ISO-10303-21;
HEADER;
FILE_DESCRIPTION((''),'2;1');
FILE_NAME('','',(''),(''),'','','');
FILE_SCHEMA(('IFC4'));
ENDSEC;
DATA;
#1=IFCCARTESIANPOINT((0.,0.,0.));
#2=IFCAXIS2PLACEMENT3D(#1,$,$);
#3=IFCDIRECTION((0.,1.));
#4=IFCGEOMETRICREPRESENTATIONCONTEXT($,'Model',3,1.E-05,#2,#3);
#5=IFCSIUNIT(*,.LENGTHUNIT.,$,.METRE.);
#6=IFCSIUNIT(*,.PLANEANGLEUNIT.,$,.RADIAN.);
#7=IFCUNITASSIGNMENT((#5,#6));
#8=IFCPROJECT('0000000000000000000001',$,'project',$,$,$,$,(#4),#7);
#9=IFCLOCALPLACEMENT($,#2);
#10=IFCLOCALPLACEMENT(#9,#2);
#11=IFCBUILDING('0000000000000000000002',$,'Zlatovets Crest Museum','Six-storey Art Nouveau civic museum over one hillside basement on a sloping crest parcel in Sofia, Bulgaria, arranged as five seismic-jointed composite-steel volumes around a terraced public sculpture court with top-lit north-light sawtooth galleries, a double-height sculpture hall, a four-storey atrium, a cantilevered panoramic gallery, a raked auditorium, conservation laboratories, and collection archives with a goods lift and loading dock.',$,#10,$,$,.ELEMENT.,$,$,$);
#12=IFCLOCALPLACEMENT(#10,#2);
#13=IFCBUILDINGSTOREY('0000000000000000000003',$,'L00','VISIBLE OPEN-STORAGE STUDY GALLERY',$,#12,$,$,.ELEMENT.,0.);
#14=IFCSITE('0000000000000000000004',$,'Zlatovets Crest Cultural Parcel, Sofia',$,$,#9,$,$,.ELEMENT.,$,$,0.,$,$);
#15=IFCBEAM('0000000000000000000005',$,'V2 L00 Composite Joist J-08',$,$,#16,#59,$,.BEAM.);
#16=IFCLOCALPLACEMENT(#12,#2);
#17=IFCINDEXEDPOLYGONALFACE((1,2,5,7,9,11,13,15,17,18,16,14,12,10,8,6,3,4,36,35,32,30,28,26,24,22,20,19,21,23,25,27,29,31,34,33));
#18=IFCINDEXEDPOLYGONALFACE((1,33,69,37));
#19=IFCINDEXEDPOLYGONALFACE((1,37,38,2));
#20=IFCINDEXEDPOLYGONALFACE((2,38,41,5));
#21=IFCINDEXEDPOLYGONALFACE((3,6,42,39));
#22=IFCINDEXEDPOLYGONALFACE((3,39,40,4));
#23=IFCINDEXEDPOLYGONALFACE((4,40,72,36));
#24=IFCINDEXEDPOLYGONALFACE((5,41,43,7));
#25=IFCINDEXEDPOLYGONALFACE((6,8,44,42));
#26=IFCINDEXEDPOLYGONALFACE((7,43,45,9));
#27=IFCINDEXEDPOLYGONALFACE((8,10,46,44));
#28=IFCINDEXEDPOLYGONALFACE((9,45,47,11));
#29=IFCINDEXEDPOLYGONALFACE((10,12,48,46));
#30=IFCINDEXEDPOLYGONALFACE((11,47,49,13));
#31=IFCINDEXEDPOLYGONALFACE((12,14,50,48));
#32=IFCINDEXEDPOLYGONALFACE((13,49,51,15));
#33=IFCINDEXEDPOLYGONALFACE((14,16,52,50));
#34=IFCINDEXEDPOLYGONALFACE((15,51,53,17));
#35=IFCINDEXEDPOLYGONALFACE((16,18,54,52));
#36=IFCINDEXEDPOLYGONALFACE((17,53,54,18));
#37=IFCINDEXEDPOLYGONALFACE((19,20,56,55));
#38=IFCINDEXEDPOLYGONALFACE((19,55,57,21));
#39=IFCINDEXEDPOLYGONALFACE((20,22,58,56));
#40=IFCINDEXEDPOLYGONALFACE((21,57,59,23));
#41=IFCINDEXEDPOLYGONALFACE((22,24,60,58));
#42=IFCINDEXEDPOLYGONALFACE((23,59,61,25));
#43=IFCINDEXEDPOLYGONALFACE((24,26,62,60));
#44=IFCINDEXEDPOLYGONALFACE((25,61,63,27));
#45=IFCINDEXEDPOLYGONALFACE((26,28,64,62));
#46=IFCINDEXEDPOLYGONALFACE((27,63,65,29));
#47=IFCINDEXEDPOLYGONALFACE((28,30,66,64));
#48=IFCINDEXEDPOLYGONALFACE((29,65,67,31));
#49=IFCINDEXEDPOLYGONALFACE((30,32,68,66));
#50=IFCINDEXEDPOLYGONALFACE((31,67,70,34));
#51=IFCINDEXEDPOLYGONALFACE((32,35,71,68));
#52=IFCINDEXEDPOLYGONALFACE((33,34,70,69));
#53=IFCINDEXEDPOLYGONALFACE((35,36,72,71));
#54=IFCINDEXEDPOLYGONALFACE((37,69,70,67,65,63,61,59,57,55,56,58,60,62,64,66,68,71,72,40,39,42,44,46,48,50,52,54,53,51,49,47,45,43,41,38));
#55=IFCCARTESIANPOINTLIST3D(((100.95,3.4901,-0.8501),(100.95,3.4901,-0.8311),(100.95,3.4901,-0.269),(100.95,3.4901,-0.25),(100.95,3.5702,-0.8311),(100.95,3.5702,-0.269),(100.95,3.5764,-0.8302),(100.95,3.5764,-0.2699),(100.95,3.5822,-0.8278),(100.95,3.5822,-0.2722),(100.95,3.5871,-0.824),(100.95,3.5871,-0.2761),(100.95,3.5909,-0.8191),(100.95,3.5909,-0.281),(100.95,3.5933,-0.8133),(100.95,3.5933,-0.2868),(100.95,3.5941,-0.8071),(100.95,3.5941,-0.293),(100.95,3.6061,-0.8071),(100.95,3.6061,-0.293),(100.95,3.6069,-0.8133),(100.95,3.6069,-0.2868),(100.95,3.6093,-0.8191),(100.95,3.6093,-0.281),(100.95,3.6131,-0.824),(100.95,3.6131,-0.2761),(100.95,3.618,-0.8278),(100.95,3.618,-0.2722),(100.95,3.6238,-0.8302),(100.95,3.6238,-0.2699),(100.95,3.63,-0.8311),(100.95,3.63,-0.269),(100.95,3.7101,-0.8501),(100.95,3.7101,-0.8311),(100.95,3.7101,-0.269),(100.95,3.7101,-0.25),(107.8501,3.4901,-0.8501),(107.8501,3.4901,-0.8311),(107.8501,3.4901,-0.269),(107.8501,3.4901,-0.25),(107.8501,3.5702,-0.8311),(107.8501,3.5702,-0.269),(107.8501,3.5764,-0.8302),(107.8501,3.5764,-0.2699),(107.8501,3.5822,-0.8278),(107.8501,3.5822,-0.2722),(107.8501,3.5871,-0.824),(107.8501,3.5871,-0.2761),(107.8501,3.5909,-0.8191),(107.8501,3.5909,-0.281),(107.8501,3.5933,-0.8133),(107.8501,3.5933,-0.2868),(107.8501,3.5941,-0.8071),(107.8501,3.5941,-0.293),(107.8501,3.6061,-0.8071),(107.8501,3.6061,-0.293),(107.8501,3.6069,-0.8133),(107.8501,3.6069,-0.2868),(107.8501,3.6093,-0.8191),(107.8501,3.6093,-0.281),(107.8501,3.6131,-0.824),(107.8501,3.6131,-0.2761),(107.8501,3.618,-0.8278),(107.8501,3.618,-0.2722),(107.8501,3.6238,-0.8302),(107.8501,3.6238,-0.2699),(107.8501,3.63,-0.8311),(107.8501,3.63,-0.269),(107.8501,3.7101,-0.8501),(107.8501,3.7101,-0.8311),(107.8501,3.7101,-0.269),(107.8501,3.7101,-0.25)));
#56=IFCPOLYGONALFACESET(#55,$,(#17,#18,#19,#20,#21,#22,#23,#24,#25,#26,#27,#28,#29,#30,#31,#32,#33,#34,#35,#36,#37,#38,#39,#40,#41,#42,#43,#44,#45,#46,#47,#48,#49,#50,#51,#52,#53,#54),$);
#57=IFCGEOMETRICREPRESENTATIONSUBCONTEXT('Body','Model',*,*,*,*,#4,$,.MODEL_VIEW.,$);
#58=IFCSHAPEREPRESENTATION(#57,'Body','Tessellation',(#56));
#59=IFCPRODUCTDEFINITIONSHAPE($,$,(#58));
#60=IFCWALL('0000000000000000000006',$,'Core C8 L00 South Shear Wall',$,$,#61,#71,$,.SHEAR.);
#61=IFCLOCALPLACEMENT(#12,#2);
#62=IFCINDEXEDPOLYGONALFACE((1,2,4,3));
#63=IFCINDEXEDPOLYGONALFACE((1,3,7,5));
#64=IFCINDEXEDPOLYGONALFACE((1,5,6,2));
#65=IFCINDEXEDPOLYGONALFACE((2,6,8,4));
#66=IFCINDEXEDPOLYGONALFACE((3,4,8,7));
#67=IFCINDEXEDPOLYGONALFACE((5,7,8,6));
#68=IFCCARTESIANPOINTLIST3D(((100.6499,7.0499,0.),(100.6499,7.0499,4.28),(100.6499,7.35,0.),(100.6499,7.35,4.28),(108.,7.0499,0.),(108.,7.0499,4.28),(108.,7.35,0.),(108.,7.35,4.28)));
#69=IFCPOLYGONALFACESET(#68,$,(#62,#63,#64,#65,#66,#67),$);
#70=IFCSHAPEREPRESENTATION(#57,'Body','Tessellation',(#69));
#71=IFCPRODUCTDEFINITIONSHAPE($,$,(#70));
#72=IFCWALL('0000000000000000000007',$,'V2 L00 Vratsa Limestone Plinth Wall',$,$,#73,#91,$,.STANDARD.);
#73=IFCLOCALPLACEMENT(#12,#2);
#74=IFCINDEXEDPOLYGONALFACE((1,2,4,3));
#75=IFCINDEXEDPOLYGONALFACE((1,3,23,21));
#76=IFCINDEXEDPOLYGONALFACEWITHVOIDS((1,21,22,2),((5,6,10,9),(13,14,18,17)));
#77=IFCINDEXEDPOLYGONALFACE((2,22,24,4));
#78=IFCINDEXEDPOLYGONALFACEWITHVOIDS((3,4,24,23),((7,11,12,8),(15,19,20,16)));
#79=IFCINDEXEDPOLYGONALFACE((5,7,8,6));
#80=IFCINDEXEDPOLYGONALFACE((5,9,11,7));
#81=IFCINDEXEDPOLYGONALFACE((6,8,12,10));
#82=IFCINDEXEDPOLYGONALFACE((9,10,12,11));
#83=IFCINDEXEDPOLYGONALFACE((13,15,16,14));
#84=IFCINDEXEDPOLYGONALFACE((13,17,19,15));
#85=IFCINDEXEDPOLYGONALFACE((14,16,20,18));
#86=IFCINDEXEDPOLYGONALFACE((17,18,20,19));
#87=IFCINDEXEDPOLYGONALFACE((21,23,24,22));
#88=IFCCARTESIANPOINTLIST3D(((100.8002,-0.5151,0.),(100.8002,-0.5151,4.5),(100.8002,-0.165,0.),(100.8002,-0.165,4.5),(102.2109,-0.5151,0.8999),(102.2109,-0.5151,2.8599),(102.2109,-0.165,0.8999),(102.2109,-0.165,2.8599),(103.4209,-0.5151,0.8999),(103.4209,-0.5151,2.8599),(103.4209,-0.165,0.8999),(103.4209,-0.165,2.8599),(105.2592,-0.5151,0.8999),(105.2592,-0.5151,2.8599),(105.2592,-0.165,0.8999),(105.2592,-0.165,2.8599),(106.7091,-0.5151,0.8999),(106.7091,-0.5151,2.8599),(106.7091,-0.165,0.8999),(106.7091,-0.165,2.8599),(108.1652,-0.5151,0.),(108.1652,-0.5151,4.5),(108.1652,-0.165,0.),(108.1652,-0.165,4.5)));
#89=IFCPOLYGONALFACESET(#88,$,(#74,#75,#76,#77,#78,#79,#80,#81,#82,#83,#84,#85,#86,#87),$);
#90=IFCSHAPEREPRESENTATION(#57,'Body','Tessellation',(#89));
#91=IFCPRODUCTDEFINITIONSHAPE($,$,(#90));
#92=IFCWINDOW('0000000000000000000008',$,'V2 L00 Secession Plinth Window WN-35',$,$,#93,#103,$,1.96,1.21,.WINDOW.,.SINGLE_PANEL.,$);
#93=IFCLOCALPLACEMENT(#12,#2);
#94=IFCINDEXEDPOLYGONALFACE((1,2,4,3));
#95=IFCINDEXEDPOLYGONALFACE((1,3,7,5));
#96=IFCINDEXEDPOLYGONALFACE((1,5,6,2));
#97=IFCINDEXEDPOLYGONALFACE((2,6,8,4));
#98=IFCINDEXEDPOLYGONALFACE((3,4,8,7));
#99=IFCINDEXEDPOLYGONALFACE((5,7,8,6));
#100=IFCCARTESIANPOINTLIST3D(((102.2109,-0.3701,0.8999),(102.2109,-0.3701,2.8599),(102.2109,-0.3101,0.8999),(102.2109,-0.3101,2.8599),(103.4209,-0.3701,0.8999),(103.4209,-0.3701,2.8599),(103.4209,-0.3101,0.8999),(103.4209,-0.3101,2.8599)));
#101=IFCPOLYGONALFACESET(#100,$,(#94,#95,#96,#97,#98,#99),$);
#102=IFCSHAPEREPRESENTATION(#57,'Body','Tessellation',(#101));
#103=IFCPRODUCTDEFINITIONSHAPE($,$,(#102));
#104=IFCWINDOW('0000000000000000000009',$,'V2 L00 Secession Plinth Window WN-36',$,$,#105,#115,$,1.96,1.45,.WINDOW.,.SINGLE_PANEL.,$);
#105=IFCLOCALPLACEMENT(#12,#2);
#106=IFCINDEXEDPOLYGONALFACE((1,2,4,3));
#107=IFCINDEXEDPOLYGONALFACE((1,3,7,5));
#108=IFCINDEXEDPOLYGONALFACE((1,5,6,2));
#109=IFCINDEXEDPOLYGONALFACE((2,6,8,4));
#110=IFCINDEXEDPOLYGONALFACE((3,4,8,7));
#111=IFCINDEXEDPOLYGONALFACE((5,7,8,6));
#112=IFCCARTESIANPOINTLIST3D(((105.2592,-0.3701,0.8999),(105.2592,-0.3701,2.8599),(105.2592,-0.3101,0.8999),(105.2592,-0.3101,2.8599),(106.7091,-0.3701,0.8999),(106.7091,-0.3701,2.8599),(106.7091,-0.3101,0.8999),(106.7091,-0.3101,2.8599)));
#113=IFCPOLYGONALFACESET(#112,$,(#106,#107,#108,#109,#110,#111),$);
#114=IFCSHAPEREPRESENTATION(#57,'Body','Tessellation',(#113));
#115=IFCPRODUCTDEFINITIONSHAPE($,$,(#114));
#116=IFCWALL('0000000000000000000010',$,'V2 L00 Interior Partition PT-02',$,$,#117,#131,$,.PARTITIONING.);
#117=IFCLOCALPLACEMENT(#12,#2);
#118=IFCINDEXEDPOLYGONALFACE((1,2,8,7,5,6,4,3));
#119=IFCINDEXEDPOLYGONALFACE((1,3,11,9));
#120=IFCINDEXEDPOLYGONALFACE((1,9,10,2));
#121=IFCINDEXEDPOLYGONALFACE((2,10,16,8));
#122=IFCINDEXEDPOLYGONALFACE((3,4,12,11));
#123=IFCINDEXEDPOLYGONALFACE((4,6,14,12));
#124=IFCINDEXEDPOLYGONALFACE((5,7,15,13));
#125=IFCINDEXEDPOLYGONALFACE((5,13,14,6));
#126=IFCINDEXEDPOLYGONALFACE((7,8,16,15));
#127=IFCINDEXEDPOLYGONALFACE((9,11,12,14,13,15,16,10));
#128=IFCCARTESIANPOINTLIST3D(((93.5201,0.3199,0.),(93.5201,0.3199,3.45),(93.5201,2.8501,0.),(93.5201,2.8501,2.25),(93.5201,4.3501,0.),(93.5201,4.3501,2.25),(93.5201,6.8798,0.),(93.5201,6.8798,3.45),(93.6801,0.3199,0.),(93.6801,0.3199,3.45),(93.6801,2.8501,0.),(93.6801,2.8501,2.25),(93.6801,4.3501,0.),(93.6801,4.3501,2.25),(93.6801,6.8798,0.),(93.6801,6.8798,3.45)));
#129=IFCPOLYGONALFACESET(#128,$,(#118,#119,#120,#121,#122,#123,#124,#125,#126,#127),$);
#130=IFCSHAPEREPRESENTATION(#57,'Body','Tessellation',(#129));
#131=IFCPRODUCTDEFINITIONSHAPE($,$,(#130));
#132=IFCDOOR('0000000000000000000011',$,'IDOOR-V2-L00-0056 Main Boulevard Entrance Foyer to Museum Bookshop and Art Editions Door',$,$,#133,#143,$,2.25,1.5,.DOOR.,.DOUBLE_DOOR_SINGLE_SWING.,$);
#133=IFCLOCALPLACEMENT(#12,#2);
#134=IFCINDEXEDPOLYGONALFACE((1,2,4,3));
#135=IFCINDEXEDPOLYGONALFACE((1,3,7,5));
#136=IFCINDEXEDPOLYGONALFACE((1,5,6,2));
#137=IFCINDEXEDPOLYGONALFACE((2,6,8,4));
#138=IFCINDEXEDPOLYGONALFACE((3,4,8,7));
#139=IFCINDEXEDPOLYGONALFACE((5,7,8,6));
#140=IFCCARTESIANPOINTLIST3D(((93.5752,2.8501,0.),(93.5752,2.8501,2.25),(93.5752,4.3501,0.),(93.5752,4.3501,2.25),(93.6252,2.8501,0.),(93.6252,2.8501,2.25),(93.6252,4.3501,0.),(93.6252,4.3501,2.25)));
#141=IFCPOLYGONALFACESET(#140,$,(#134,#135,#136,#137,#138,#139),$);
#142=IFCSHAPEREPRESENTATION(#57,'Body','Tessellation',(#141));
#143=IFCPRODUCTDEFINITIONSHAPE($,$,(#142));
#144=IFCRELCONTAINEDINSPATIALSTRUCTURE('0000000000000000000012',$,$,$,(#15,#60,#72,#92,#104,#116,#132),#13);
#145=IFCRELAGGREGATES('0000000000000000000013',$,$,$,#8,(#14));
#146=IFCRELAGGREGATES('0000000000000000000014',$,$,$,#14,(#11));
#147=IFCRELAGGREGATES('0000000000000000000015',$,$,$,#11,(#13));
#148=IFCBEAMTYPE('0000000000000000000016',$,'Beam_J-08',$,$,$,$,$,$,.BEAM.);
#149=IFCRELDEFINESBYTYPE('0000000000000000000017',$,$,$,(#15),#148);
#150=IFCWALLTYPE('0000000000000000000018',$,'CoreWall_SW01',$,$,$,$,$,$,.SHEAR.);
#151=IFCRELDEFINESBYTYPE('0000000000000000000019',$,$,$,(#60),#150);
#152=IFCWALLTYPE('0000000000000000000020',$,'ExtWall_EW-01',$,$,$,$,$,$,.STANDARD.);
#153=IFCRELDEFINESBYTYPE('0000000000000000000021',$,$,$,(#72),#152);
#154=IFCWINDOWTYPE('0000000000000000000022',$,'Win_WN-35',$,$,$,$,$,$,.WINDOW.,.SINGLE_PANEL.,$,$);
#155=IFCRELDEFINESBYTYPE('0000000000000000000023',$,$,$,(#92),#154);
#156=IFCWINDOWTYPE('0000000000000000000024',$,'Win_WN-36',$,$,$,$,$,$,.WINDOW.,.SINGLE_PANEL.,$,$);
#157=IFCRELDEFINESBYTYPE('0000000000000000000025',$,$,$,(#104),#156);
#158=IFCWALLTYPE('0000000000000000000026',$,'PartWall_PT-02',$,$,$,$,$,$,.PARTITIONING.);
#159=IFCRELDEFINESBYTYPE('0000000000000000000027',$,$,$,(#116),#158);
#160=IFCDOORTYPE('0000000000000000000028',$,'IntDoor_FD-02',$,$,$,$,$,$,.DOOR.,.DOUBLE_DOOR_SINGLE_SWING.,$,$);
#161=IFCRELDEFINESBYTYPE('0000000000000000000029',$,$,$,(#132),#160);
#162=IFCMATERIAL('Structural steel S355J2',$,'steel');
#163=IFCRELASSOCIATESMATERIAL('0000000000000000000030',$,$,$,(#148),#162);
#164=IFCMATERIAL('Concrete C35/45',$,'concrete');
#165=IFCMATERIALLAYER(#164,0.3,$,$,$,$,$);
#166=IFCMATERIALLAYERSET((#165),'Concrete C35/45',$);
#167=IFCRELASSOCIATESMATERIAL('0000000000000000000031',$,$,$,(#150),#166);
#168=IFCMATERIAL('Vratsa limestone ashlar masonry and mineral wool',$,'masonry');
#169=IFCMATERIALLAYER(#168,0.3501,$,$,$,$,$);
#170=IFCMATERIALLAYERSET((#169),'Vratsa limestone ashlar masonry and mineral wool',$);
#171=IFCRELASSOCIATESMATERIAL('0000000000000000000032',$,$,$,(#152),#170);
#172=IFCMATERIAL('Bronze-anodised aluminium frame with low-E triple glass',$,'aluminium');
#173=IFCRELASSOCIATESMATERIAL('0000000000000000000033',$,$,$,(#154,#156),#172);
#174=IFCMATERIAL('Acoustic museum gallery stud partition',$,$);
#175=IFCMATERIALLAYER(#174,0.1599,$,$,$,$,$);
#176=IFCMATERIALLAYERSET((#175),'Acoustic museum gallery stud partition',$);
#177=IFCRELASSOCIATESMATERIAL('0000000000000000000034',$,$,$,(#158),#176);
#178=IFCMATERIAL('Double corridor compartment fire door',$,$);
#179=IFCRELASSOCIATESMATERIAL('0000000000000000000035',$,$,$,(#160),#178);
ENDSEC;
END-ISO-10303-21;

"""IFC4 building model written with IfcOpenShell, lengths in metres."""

from ifc_helpers import new_model, si_unit, direction, frame, frame_2d, origin, origin_2d, place, context, subcontext, project, spatial, rectangle, i_section, extrude, material, layer, layer_set, material_profile, profile_set, type_object, element, fill, save


model = new_model("IFC4")

# Units and contexts
model_context = context("Model", 3, precision=1e-05, world=origin(), true_north=direction((0.0, 1.0)))
body_context = subcontext(model_context, "Body", "Model", "MODEL_VIEW")
ifc_project = project(units=[si_unit("LENGTHUNIT", "METRE"), si_unit("PLANEANGLEUNIT", "RADIAN")], contexts=[model_context])

# Site, building, storey
site_placement = place(None, origin())
site = spatial("IfcSite", under=ifc_project, at=site_placement, Name="Zlatovets Crest Cultural Parcel, Sofia", CompositionType="ELEMENT", RefElevation=0.0)
building_placement = place(site_placement, origin())
building = spatial("IfcBuilding", under=site, at=building_placement, Name="Zlatovets Crest Museum", Description="Six-storey Art Nouveau civic museum over one hillside basement on a sloping crest parcel in Sofia, Bulgaria, arranged as five seismic-jointed composite-steel volumes around a terraced public sculpture court with top-lit north-light sawtooth galleries, a double-height sculpture hall, a four-storey atrium, a cantilevered panoramic gallery, a raked auditorium, conservation laboratories, and collection archives with a goods lift and loading dock.", CompositionType="ELEMENT")
storey_placement = place(building_placement, origin())
storey = spatial("IfcBuildingStorey", under=building, at=storey_placement, Name="L00", Description="VISIBLE OPEN-STORAGE STUDY GALLERY", CompositionType="ELEMENT", Elevation=0.0)

# Shared definitions
ifc_material_1 = material(Name="Structural steel S355J2", Category="steel")

# Beam
ifc_material_profile_1 = material_profile(ifc_material_1, i_section(OverallWidth=0.22, OverallDepth=0.6001, WebThickness=0.012, FlangeThickness=0.019, FilletRadius=0.0239, at=origin_2d()), Name="IPE 600")
ifc_profile_set_1 = profile_set([ifc_material_profile_1], Name="Structural steel S355J2")
beam_type_1 = type_object("IfcBeamType", Name="Beam_J-08", PredefinedType="BEAM", material=ifc_profile_set_1)
beam_1_placement = place(storey_placement, frame((100.95, 3.6001, -0.55), z_axis=(1.0, 0.0, 0.0), x_axis=(0.0, 1.0, 0.0)))
element("IfcBeam", 1, at=beam_1_placement, inside=storey, type_object=beam_type_1, Name="V2 L00 Composite Joist J-08", PredefinedType="BEAM", context=body_context, shape_type="SweptSolid", body=[
    extrude(i_section(OverallWidth=0.22, OverallDepth=0.6001, WebThickness=0.012, FlangeThickness=0.019, FilletRadius=0.0239, at=origin_2d()), origin(), (0.0, 0.0, 1.0), 6.9001),
])

# Wall
ifc_material_2 = material(Name="Concrete C35/45", Category="concrete")
ifc_layer_1 = layer(ifc_material_2, 0.3)
ifc_layer_set_1 = layer_set([ifc_layer_1], Name="Concrete C35/45")
wall_type_1 = type_object("IfcWallType", Name="CoreWall_SW01", PredefinedType="SHEAR", material=ifc_layer_set_1)
wall_1_placement = place(storey_placement, frame((100.6499, 7.2, 0.0), z_axis=(0.0, 0.0, 1.0), x_axis=(1.0, 0.0, 0.0)))
element("IfcWall", 2, at=wall_1_placement, inside=storey, type_object=wall_type_1, Name="Core C8 L00 South Shear Wall", PredefinedType="SHEAR", context=body_context, shape_type="SweptSolid", body=[
    extrude(rectangle(XDim=7.3501, YDim=0.3, at=frame_2d((3.675, 0.0))), origin(), (0.0, 0.0, 1.0), 4.28),
])

# Wall, openings, windows
ifc_material_3 = material(Name="Vratsa limestone ashlar masonry and mineral wool", Category="masonry")
ifc_layer_2 = layer(ifc_material_3, 0.3501)
ifc_layer_set_2 = layer_set([ifc_layer_2], Name="Vratsa limestone ashlar masonry and mineral wool")
wall_type_2 = type_object("IfcWallType", Name="ExtWall_EW-01", PredefinedType="STANDARD", material=ifc_layer_set_2)
wall_2_placement = place(storey_placement, frame((100.8, -0.3401, 0.0), z_axis=(0.0, 0.0, 1.0), x_axis=(1.0, 0.0, 0.0)))
wall_2 = element("IfcWall", 3, at=wall_2_placement, inside=storey, type_object=wall_type_2, Name="V2 L00 Vratsa Limestone Plinth Wall", PredefinedType="STANDARD", context=body_context, shape_type="SweptSolid", body=[
    extrude(rectangle(XDim=7.365, YDim=0.3501, at=frame_2d((3.6826, 0.0))), origin(), (0.0, 0.0, 1.0), 4.5),
])
opening_1_placement = place(wall_2_placement, frame((1.4109, 0.0, 0.8999)))
opening_1 = element("IfcOpeningElement", 4, at=opening_1_placement, cuts=wall_2, PredefinedType="OPENING", context=body_context, shape_type="SweptSolid", body=[
    extrude(rectangle(XDim=1.21, YDim=1.96, at=frame_2d((0.605, 0.98))), frame((0.0, 0.1851, 0.0), z_axis=(0.0, -1.0, 0.0), x_axis=(1.0, 0.0, 0.0)), (0.0, 0.0, 1.0), 0.3701),
])
opening_2_placement = place(wall_2_placement, frame((4.459, 0.0, 0.8999)))
opening_2 = element("IfcOpeningElement", 5, at=opening_2_placement, cuts=wall_2, PredefinedType="OPENING", context=body_context, shape_type="SweptSolid", body=[
    extrude(rectangle(XDim=1.45, YDim=1.96, at=frame_2d((0.7251, 0.98))), frame((0.0, 0.1851, 0.0), z_axis=(0.0, -1.0, 0.0), x_axis=(1.0, 0.0, 0.0)), (0.0, 0.0, 1.0), 0.3701),
])
ifc_material_4 = material(Name="Bronze-anodised aluminium frame with low-E triple glass", Category="aluminium")
window_type_1 = type_object("IfcWindowType", Name="Win_WN-35", PartitioningType="SINGLE_PANEL", PredefinedType="WINDOW", material=ifc_material_4)
window_1_placement = place(opening_1_placement, origin())
window_1 = element("IfcWindow", 6, at=window_1_placement, inside=storey, type_object=window_type_1, Name="V2 L00 Secession Plinth Window WN-35", OverallHeight=1.96, OverallWidth=1.21, PartitioningType="SINGLE_PANEL", PredefinedType="WINDOW", context=body_context, shape_type="SweptSolid", body=[
    extrude(rectangle(XDim=1.21, YDim=1.96, at=frame_2d((0.605, 0.98))), frame((0.0, 0.03, 0.0), z_axis=(0.0, -1.0, 0.0), x_axis=(1.0, 0.0, 0.0)), (0.0, 0.0, 1.0), 0.0601),
])
fill(opening_1, window_1)
window_type_2 = type_object("IfcWindowType", Name="Win_WN-36", PartitioningType="SINGLE_PANEL", PredefinedType="WINDOW", material=ifc_material_4)
window_2_placement = place(opening_2_placement, origin())
window_2 = element("IfcWindow", 7, at=window_2_placement, inside=storey, type_object=window_type_2, Name="V2 L00 Secession Plinth Window WN-36", OverallHeight=1.96, OverallWidth=1.45, PartitioningType="SINGLE_PANEL", PredefinedType="WINDOW", context=body_context, shape_type="SweptSolid", body=[
    extrude(rectangle(XDim=1.45, YDim=1.96, at=frame_2d((0.7251, 0.98))), frame((0.0, 0.03, 0.0), z_axis=(0.0, -1.0, 0.0), x_axis=(1.0, 0.0, 0.0)), (0.0, 0.0, 1.0), 0.0601),
])
fill(opening_2, window_2)

# Wall, opening, door
ifc_material_5 = material(Name="Acoustic museum gallery stud partition")
ifc_layer_3 = layer(ifc_material_5, 0.1599)
ifc_layer_set_3 = layer_set([ifc_layer_3], Name="Acoustic museum gallery stud partition")
wall_type_3 = type_object("IfcWallType", Name="PartWall_PT-02", PredefinedType="PARTITIONING", material=ifc_layer_set_3)
wall_3_placement = place(storey_placement, frame((93.6001, 0.3201, 0.0), z_axis=(0.0, 0.0, 1.0), x_axis=(0.0, 1.0, 0.0)))
wall_3 = element("IfcWall", 8, at=wall_3_placement, inside=storey, type_object=wall_type_3, Name="V2 L00 Interior Partition PT-02", PredefinedType="PARTITIONING", context=body_context, shape_type="SweptSolid", body=[
    extrude(rectangle(XDim=6.5598, YDim=0.1599, at=frame_2d((3.2798, 0.0))), origin(), (0.0, 0.0, 1.0), 3.45),
])
opening_3_placement = place(wall_3_placement, frame((2.53, 0.0, 0.0)))
opening_3 = element("IfcOpeningElement", 9, at=opening_3_placement, cuts=wall_3, PredefinedType="OPENING", context=body_context, shape_type="SweptSolid", body=[
    extrude(rectangle(XDim=1.5, YDim=2.25, at=frame_2d((0.75, 1.125))), frame((0.0, 0.0898, 0.0), z_axis=(0.0, -1.0, 0.0), x_axis=(1.0, 0.0, 0.0)), (0.0, 0.0, 1.0), 0.1799),
])
ifc_material_6 = material(Name="Double corridor compartment fire door")
door_type_1 = type_object("IfcDoorType", Name="IntDoor_FD-02", OperationType="DOUBLE_DOOR_SINGLE_SWING", PredefinedType="DOOR", material=ifc_material_6)
door_1_placement = place(opening_3_placement, origin())
door_1 = element("IfcDoor", 10, at=door_1_placement, inside=storey, type_object=door_type_1, Name="IDOOR-V2-L00-0056 Main Boulevard Entrance Foyer to Museum Bookshop and Art Editions Door", OperationType="DOUBLE_DOOR_SINGLE_SWING", OverallHeight=2.25, OverallWidth=1.5, PredefinedType="DOOR", context=body_context, shape_type="SweptSolid", body=[
    extrude(rectangle(XDim=1.5, YDim=2.25, at=frame_2d((0.75, 1.125))), frame((0.0, 0.0249, 0.0), z_axis=(0.0, -1.0, 0.0), x_axis=(1.0, 0.0, 0.0)), (0.0, 0.0, 1.0), 0.05),
])
fill(opening_3, door_1)

save(model, "model.ifc")
